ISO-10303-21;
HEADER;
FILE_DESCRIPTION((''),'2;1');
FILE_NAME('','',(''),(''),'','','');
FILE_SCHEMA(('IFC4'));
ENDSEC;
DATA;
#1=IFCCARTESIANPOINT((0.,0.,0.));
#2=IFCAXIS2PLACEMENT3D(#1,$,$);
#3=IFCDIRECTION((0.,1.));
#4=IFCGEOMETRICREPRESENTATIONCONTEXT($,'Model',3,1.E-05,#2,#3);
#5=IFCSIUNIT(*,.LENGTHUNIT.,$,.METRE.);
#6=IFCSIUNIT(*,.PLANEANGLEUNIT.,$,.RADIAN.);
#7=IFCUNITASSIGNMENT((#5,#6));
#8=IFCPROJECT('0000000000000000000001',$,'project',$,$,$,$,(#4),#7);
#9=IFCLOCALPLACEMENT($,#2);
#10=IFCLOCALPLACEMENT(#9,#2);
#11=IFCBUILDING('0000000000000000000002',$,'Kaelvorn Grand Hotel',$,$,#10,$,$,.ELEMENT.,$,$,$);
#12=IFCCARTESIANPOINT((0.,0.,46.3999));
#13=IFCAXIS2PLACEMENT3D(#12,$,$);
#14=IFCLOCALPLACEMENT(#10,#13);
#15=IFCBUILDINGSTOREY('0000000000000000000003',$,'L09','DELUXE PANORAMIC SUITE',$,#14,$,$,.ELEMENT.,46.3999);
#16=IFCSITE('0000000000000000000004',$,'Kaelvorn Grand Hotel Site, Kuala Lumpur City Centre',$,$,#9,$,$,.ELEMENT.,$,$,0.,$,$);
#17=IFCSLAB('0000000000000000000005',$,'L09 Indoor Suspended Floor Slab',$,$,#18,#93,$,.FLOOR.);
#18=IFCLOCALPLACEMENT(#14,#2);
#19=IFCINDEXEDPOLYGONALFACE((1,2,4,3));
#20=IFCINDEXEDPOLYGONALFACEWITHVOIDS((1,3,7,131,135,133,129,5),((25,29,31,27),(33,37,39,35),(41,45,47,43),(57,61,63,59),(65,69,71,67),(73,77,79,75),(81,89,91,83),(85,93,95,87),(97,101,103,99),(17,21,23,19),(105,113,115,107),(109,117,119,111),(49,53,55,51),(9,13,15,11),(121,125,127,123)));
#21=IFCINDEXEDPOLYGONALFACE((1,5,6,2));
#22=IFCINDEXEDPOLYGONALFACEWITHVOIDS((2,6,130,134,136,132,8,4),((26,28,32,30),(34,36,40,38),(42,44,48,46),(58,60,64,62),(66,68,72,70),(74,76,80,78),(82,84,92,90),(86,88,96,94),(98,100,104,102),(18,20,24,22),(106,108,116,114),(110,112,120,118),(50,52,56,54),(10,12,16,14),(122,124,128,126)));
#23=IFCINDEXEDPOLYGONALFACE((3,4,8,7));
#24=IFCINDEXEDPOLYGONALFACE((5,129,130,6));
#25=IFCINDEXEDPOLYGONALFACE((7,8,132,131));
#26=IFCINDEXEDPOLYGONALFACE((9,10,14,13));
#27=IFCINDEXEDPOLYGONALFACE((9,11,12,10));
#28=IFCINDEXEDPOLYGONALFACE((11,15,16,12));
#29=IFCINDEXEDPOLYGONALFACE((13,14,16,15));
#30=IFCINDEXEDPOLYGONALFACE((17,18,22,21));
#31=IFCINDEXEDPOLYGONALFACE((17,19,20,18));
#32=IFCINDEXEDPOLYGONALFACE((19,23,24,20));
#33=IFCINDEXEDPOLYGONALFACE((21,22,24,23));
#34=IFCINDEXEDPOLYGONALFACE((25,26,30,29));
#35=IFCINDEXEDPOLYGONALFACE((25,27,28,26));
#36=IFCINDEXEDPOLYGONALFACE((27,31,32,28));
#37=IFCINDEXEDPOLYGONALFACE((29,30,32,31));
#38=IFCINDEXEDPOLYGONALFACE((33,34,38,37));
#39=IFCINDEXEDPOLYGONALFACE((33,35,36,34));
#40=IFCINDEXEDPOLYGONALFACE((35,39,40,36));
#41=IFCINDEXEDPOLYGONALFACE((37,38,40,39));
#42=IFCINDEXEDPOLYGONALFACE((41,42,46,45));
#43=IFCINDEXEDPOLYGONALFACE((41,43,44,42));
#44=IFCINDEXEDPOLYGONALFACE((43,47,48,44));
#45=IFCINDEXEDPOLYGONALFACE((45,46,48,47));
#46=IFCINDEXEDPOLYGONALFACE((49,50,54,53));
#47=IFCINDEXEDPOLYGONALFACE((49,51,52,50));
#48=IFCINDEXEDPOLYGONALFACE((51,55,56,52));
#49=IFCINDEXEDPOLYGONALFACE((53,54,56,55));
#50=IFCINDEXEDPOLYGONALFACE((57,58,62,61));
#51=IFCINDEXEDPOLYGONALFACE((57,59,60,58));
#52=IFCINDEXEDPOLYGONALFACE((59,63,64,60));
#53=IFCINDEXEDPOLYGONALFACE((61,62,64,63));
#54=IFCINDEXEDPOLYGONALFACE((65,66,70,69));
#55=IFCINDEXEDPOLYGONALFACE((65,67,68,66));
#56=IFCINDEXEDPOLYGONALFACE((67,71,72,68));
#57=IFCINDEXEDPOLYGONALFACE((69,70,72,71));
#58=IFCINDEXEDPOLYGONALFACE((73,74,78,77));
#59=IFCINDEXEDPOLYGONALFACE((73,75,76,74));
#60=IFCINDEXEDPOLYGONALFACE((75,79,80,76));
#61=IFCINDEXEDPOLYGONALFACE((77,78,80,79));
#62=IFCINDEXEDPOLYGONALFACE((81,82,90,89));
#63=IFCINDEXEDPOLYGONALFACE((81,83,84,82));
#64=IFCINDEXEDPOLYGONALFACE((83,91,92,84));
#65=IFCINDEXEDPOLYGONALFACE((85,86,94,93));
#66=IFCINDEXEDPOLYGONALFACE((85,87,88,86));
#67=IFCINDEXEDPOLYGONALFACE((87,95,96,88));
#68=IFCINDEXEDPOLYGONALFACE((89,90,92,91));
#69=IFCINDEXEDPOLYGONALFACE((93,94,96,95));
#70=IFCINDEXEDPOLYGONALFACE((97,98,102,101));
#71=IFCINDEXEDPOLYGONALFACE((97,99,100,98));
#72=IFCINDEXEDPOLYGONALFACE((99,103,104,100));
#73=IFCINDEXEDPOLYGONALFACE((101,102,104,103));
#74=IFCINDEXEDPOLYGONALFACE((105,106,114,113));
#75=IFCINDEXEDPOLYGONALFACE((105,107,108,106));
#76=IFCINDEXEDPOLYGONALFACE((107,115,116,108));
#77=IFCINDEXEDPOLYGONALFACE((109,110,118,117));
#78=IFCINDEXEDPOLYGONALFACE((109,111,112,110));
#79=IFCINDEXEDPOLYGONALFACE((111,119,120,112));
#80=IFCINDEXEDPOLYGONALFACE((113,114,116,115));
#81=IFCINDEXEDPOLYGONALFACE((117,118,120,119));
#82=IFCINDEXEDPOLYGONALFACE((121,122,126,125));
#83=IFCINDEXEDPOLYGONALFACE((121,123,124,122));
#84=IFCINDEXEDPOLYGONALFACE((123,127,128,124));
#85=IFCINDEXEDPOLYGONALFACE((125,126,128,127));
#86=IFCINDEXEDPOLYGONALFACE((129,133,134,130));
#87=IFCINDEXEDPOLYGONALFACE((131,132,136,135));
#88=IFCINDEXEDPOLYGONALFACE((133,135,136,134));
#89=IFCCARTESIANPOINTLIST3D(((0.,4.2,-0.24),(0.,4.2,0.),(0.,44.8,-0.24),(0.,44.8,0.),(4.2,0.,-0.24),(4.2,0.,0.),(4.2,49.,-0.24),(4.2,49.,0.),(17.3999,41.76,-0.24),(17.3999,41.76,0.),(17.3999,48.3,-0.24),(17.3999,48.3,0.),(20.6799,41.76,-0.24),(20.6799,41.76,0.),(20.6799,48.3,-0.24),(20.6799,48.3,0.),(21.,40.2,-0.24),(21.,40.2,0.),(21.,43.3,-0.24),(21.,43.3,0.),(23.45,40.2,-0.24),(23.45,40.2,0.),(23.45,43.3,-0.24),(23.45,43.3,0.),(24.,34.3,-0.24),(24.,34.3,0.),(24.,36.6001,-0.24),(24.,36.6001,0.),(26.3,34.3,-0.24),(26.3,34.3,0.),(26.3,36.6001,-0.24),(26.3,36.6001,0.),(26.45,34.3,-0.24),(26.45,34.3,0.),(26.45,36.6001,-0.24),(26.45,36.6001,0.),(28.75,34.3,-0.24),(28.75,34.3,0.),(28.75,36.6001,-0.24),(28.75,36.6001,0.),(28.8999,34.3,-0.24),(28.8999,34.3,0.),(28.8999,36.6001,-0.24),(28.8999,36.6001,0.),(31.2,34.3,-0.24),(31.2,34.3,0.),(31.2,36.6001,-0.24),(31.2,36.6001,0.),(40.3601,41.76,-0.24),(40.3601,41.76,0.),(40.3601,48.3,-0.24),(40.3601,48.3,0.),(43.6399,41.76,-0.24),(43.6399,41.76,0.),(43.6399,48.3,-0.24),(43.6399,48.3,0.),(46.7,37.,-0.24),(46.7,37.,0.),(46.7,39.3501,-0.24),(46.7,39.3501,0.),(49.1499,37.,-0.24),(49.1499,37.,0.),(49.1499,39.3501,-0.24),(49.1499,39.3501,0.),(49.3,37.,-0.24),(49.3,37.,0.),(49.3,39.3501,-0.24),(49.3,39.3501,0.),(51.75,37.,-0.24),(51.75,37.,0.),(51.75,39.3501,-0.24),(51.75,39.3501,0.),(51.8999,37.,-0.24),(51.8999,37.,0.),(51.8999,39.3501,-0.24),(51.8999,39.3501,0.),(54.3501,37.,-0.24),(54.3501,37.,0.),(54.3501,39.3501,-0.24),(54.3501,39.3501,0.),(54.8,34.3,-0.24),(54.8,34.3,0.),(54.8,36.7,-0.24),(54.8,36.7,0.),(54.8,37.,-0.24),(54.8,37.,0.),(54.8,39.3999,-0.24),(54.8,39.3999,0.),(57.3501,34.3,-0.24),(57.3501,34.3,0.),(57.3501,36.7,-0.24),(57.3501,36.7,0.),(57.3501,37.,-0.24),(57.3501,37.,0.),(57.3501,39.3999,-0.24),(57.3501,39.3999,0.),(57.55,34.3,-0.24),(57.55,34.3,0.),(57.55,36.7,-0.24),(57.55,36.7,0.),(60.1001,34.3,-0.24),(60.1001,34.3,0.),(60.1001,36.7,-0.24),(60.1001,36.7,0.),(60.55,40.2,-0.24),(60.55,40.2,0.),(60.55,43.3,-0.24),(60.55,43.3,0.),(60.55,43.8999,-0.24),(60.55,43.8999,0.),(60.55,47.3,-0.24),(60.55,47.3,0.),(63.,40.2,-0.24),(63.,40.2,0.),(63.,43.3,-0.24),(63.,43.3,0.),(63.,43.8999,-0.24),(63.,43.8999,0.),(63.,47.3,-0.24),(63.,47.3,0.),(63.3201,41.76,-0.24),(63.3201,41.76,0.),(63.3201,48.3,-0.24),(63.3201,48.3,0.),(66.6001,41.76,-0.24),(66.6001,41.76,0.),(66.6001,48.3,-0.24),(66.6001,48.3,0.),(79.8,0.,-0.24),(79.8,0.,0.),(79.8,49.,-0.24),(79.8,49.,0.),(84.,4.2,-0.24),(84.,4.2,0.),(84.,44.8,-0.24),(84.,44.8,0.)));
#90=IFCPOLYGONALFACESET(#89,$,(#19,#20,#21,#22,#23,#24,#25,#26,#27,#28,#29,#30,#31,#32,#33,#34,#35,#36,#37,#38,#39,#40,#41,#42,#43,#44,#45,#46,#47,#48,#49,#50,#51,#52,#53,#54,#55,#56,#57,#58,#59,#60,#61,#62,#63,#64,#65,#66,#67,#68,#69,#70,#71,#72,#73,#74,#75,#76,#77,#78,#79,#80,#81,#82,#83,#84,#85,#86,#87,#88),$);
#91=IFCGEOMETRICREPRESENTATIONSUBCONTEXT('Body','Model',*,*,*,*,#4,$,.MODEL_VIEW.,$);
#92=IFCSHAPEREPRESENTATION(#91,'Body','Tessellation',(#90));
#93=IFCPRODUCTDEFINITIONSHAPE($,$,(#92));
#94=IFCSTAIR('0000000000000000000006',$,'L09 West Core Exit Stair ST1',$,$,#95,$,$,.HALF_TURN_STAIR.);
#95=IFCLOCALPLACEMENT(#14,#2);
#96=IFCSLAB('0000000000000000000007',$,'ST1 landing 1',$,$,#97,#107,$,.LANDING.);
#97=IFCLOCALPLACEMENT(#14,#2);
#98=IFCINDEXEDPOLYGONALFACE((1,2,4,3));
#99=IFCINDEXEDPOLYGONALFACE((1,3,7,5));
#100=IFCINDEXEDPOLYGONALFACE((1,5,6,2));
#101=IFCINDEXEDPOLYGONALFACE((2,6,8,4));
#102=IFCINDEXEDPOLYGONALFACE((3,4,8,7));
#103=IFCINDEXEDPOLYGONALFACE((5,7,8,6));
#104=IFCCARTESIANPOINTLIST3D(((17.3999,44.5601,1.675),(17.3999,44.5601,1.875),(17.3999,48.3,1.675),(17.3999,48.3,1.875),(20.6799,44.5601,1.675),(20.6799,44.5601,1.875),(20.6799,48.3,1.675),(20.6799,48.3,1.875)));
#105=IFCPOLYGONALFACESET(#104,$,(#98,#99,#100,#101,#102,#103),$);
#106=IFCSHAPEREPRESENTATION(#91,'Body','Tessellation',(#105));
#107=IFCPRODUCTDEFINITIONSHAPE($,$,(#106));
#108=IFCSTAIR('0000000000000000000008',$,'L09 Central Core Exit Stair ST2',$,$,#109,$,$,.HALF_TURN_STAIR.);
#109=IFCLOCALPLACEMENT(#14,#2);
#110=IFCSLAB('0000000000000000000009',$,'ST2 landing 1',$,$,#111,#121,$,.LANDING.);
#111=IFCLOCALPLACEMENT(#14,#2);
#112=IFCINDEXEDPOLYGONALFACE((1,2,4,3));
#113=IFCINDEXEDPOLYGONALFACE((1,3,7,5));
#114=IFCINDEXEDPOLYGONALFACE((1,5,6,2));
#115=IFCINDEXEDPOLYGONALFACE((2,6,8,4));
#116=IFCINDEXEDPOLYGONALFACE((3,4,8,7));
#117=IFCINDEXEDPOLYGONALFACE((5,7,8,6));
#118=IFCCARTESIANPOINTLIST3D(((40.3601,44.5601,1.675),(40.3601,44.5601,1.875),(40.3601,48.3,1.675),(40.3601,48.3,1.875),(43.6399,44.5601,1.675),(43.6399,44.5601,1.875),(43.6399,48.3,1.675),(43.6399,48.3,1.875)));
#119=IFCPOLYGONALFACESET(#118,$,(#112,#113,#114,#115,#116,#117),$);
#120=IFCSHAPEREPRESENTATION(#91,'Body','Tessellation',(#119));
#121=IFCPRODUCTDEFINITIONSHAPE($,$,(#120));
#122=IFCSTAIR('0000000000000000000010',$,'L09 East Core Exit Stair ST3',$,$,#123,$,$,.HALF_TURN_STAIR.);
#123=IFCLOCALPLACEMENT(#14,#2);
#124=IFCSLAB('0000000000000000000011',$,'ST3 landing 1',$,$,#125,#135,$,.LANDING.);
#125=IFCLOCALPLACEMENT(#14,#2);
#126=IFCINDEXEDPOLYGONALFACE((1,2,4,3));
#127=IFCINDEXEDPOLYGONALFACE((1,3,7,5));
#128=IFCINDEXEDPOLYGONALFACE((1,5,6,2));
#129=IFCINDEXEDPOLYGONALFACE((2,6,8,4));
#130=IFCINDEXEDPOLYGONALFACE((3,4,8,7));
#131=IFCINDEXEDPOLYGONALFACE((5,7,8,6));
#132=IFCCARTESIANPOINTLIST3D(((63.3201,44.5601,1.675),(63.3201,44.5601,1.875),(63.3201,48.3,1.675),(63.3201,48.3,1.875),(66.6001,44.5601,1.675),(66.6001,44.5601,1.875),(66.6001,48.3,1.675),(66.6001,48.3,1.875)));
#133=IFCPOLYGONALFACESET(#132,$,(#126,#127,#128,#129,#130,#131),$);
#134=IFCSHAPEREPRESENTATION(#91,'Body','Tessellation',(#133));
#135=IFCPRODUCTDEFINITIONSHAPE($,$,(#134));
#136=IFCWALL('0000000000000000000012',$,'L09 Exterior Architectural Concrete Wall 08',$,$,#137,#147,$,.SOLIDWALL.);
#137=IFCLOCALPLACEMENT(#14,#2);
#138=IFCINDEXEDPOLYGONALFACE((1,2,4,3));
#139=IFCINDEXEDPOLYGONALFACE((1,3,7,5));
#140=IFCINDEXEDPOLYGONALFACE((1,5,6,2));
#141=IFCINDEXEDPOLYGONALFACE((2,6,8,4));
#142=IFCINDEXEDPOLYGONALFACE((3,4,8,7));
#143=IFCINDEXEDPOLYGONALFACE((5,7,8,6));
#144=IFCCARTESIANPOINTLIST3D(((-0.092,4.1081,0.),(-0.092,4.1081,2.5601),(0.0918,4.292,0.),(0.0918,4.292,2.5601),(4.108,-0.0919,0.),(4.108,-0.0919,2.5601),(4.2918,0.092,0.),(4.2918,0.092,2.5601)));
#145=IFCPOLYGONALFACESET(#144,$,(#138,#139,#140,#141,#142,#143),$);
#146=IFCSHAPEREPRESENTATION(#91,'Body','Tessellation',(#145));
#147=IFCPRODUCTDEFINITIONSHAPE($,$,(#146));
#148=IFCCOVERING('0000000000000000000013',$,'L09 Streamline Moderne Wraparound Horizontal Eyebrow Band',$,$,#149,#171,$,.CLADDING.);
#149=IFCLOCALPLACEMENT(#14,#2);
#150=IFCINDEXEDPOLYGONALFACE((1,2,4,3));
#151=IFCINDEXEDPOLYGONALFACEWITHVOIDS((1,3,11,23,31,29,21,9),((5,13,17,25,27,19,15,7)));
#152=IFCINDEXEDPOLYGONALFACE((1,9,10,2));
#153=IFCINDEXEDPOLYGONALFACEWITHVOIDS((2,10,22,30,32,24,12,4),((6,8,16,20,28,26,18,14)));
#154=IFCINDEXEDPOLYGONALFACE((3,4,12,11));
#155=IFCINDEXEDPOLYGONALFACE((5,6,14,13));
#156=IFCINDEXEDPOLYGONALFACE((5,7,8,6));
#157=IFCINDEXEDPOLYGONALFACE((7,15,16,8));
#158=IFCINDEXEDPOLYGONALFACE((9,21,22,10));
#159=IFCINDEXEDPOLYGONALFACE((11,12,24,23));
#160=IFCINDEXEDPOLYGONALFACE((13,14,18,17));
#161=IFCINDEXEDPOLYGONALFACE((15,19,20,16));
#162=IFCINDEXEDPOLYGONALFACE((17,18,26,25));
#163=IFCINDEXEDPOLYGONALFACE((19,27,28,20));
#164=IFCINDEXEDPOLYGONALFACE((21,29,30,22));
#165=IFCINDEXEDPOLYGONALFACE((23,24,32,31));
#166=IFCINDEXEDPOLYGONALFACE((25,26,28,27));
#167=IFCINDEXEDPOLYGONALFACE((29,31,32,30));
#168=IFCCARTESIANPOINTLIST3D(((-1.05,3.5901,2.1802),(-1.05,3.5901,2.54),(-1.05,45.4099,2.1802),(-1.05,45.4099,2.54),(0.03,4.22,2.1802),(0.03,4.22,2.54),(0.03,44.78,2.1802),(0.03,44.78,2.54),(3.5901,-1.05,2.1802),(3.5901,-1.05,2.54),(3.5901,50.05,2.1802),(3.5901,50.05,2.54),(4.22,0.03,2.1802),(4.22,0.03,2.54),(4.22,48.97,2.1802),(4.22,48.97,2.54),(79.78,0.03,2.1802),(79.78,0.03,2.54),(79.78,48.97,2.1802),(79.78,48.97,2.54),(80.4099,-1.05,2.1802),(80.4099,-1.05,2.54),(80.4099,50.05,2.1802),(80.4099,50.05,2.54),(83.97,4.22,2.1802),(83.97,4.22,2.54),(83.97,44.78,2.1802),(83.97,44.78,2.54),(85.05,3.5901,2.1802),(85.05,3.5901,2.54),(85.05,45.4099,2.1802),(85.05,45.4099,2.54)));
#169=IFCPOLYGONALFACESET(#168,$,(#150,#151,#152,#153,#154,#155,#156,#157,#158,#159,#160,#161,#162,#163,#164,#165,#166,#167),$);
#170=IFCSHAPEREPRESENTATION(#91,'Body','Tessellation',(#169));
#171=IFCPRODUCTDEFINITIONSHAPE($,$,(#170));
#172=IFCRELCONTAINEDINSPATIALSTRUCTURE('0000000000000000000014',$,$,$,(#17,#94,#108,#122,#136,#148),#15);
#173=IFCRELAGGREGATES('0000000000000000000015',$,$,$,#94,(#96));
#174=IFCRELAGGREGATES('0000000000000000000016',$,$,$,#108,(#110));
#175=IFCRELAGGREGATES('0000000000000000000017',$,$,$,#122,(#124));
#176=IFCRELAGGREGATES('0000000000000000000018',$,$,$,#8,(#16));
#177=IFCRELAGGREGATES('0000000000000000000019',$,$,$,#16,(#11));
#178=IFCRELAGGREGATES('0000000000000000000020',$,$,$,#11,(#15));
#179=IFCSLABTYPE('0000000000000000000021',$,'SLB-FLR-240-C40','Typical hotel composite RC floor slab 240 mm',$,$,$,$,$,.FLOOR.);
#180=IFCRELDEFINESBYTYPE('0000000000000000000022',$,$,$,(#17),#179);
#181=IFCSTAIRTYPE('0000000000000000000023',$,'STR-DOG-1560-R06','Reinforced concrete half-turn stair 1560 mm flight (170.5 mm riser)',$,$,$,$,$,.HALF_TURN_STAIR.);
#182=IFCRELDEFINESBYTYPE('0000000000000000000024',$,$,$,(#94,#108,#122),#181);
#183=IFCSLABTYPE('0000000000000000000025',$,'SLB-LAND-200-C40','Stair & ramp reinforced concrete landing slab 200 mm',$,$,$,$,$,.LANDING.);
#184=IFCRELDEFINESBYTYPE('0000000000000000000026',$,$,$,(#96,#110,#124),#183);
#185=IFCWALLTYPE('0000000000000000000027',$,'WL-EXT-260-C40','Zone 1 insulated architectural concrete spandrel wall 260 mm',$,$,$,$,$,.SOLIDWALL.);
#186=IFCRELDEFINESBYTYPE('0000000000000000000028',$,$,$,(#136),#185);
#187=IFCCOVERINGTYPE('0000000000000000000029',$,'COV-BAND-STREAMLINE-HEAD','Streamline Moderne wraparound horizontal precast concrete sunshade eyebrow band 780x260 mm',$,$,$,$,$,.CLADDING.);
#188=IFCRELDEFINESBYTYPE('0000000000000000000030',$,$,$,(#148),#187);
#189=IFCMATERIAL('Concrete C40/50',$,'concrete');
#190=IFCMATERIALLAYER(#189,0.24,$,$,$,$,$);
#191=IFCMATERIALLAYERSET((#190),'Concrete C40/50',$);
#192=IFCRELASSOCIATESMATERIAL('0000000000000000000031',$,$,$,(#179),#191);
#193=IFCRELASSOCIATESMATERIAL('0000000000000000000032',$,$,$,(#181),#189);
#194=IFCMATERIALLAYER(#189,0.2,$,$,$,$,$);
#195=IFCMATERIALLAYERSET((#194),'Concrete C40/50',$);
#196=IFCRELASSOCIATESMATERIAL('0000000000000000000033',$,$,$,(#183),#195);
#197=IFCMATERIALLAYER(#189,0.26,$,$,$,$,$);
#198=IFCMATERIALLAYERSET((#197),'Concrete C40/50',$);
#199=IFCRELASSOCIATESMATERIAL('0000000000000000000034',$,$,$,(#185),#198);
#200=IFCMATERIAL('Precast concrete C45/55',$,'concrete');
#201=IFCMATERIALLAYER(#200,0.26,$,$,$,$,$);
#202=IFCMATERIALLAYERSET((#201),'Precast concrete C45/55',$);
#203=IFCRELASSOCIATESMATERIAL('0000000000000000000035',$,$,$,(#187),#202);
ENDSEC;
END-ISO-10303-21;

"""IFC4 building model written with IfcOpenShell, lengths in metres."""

from ifc_helpers import new_model, si_unit, direction, frame, frame_2d, origin, place, context, subcontext, project, spatial, polyline, rectangle, outline, extrude, material, layer, layer_set, type_object, element, aggregate, save


model = new_model("IFC4")

# Units and contexts
model_context = context("Model", 3, precision=1e-05, world=origin(), true_north=direction((0.0, 1.0)))
body_context = subcontext(model_context, "Body", "Model", "MODEL_VIEW")
ifc_project = project(units=[si_unit("LENGTHUNIT", "METRE"), si_unit("PLANEANGLEUNIT", "RADIAN")], contexts=[model_context])

# Site, building, storey
site_placement = place(None, origin())
site = spatial("IfcSite", under=ifc_project, at=site_placement, Name="Kaelvorn Grand Hotel Site, Kuala Lumpur City Centre", CompositionType="ELEMENT", RefElevation=0.0)
building_placement = place(site_placement, origin())
building = spatial("IfcBuilding", under=site, at=building_placement, Name="Kaelvorn Grand Hotel", CompositionType="ELEMENT")
storey_placement = place(building_placement, frame((0.0, 0.0, 46.3999)))
storey = spatial("IfcBuildingStorey", under=building, at=storey_placement, Name="L09", Description="DELUXE PANORAMIC SUITE", CompositionType="ELEMENT", Elevation=46.3999)

# Slab
ifc_material_1 = material(Name="Concrete C40/50", Category="concrete")
ifc_layer_1 = layer(ifc_material_1, 0.24)
ifc_layer_set_1 = layer_set([ifc_layer_1], Name="Concrete C40/50")
slab_type_1 = type_object("IfcSlabType", Name="SLB-FLR-240-C40", Description="Typical hotel composite RC floor slab 240 mm", PredefinedType="FLOOR", material=ifc_layer_set_1)
slab_1_placement = place(storey_placement, frame((0.0, 0.0, -0.24)))
element("IfcSlab", 1, at=slab_1_placement, inside=storey, type_object=slab_type_1, Name="L09 Indoor Suspended Floor Slab", PredefinedType="FLOOR", context=body_context, shape_type="SweptSolid", body=[
    extrude(outline(polyline([(4.2, 0.0), (79.8, 0.0), (84.0, 4.2), (84.0, 44.8), (79.8, 49.0), (4.2, 49.0), (0.0, 44.8), (0.0, 4.2), (4.2, 0.0)]), holes=[polyline([(17.3999, 41.76), (17.3999, 48.3), (20.6799, 48.3), (20.6799, 41.76), (17.3999, 41.76)]), polyline([(40.3601, 41.76), (40.3601, 48.3), (43.6399, 48.3), (43.6399, 41.76), (40.3601, 41.76)]), polyline([(63.3201, 41.76), (63.3201, 48.3), (66.6001, 48.3), (66.6001, 41.76), (63.3201, 41.76)]), polyline([(24.0, 34.3), (24.0, 36.6001), (26.3, 36.6001), (26.3, 34.3), (24.0, 34.3)]), polyline([(26.45, 34.3), (26.45, 36.6001), (28.75, 36.6001), (28.75, 34.3), (26.45, 34.3)]), polyline([(28.8999, 34.3), (28.8999, 36.6001), (31.2, 36.6001), (31.2, 34.3), (28.8999, 34.3)]), polyline([(46.7, 37.0), (46.7, 39.3501), (49.1499, 39.3501), (49.1499, 37.0), (46.7, 37.0)]), polyline([(49.3, 37.0), (49.3, 39.3501), (51.75, 39.3501), (51.75, 37.0), (49.3, 37.0)]), polyline([(51.8999, 37.0), (51.8999, 39.3501), (54.3501, 39.3501), (54.3501, 37.0), (51.8999, 37.0)]), polyline([(54.8, 34.3), (54.8, 36.7), (57.3501, 36.7), (57.3501, 34.3), (54.8, 34.3)]), polyline([(57.55, 34.3), (57.55, 36.7), (60.1001, 36.7), (60.1001, 34.3), (57.55, 34.3)]), polyline([(54.8, 37.0), (54.8, 39.3999), (57.3501, 39.3999), (57.3501, 37.0), (54.8, 37.0)]), polyline([(21.0, 40.2), (21.0, 43.3), (23.45, 43.3), (23.45, 40.2), (21.0, 40.2)]), polyline([(60.55, 40.2), (60.55, 43.3), (63.0, 43.3), (63.0, 40.2), (60.55, 40.2)]), polyline([(60.55, 43.8999), (60.55, 47.3), (63.0, 47.3), (63.0, 43.8999), (60.55, 43.8999)])]), origin(), (0.0, 0.0, 1.0), 0.24),
])

# Stairs, slabs
stair_type = type_object("IfcStairType", Name="STR-DOG-1560-R06", Description="Reinforced concrete half-turn stair 1560 mm flight (170.5 mm riser)", PredefinedType="HALF_TURN_STAIR", material=ifc_material_1)
stair_1_placement = place(storey_placement, origin())
stair_1 = element("IfcStair", 2, at=stair_1_placement, inside=storey, type_object=stair_type, Name="L09 West Core Exit Stair ST1", PredefinedType="HALF_TURN_STAIR")
ifc_layer_2 = layer(ifc_material_1, 0.2)
ifc_layer_set_2 = layer_set([ifc_layer_2], Name="Concrete C40/50")
slab_type_2 = type_object("IfcSlabType", Name="SLB-LAND-200-C40", Description="Stair & ramp reinforced concrete landing slab 200 mm", PredefinedType="LANDING", material=ifc_layer_set_2)
slab_2_placement = place(storey_placement, frame((0.0, 0.0, 1.675)))
slab_2 = element("IfcSlab", 3, at=slab_2_placement, type_object=slab_type_2, Name="ST1 landing 1", PredefinedType="LANDING", context=body_context, shape_type="SweptSolid", body=[
    extrude(outline(polyline([(20.6799, 44.5601), (20.6799, 48.3), (17.3999, 48.3), (17.3999, 44.5601), (20.6799, 44.5601)])), origin(), (0.0, 0.0, 1.0), 0.2),
])
aggregate(stair_1, [slab_2])
stair_2_placement = place(storey_placement, origin())
stair_2 = element("IfcStair", 4, at=stair_2_placement, inside=storey, type_object=stair_type, Name="L09 Central Core Exit Stair ST2", PredefinedType="HALF_TURN_STAIR")
slab_3_placement = place(storey_placement, frame((0.0, 0.0, 1.675)))
slab_3 = element("IfcSlab", 5, at=slab_3_placement, type_object=slab_type_2, Name="ST2 landing 1", PredefinedType="LANDING", context=body_context, shape_type="SweptSolid", body=[
    extrude(outline(polyline([(43.6399, 44.5601), (43.6399, 48.3), (40.3601, 48.3), (40.3601, 44.5601), (43.6399, 44.5601)])), origin(), (0.0, 0.0, 1.0), 0.2),
])
aggregate(stair_2, [slab_3])
stair_3_placement = place(storey_placement, origin())
stair_3 = element("IfcStair", 6, at=stair_3_placement, inside=storey, type_object=stair_type, Name="L09 East Core Exit Stair ST3", PredefinedType="HALF_TURN_STAIR")
slab_4_placement = place(storey_placement, frame((0.0, 0.0, 1.675)))
slab_4 = element("IfcSlab", 7, at=slab_4_placement, type_object=slab_type_2, Name="ST3 landing 1", PredefinedType="LANDING", context=body_context, shape_type="SweptSolid", body=[
    extrude(outline(polyline([(66.6001, 44.5601), (66.6001, 48.3), (63.3201, 48.3), (63.3201, 44.5601), (66.6001, 44.5601)])), origin(), (0.0, 0.0, 1.0), 0.2),
])
aggregate(stair_3, [slab_4])

# Wall
ifc_layer_3 = layer(ifc_material_1, 0.26)
ifc_layer_set_3 = layer_set([ifc_layer_3], Name="Concrete C40/50")
wall_type = type_object("IfcWallType", Name="WL-EXT-260-C40", Description="Zone 1 insulated architectural concrete spandrel wall 260 mm", PredefinedType="SOLIDWALL", material=ifc_layer_set_3)
wall_placement = place(storey_placement, frame((0.0, 4.2, 0.0), z_axis=(0.0, 0.0, 1.0), x_axis=(0.707107, -0.707107, 0.0)))
element("IfcWall", 8, at=wall_placement, inside=storey, type_object=wall_type, Name="L09 Exterior Architectural Concrete Wall 08", PredefinedType="SOLIDWALL", context=body_context, shape_type="SweptSolid", body=[
    extrude(rectangle(XDim=5.9397, YDim=0.26, at=frame_2d((2.9697, 0.0))), origin(), (0.0, 0.0, 1.0), 2.5601),
])

# Covering
ifc_material_2 = material(Name="Precast concrete C45/55", Category="concrete")
ifc_layer_4 = layer(ifc_material_2, 0.26)
ifc_layer_set_4 = layer_set([ifc_layer_4], Name="Precast concrete C45/55")
covering_type_1 = type_object("IfcCoveringType", Name="COV-BAND-STREAMLINE-HEAD", Description="Streamline Moderne wraparound horizontal precast concrete sunshade eyebrow band 780x260 mm", PredefinedType="CLADDING", material=ifc_layer_set_4)
covering_1_placement = place(storey_placement, frame((0.0, 0.0, 2.1802)))
element("IfcCovering", 9, at=covering_1_placement, inside=storey, type_object=covering_type_1, Name="L09 Streamline Moderne Wraparound Horizontal Eyebrow Band", PredefinedType="CLADDING", context=body_context, shape_type="SweptSolid", body=[
    extrude(outline(polyline([(3.5901, -1.05), (80.4099, -1.05), (85.05, 3.5901), (85.05, 45.4099), (80.4099, 50.05), (3.5901, 50.05), (-1.05, 45.4099), (-1.05, 3.5901), (3.5901, -1.05)]), holes=[polyline([(4.22, 0.03), (79.78, 0.03), (83.97, 4.22), (83.97, 44.78), (79.78, 48.97), (4.22, 48.97), (0.03, 44.78), (0.03, 4.22), (4.22, 0.03)])]), origin(), (0.0, 0.0, 1.0), 0.3599),
])

save(model, "model.ifc")
